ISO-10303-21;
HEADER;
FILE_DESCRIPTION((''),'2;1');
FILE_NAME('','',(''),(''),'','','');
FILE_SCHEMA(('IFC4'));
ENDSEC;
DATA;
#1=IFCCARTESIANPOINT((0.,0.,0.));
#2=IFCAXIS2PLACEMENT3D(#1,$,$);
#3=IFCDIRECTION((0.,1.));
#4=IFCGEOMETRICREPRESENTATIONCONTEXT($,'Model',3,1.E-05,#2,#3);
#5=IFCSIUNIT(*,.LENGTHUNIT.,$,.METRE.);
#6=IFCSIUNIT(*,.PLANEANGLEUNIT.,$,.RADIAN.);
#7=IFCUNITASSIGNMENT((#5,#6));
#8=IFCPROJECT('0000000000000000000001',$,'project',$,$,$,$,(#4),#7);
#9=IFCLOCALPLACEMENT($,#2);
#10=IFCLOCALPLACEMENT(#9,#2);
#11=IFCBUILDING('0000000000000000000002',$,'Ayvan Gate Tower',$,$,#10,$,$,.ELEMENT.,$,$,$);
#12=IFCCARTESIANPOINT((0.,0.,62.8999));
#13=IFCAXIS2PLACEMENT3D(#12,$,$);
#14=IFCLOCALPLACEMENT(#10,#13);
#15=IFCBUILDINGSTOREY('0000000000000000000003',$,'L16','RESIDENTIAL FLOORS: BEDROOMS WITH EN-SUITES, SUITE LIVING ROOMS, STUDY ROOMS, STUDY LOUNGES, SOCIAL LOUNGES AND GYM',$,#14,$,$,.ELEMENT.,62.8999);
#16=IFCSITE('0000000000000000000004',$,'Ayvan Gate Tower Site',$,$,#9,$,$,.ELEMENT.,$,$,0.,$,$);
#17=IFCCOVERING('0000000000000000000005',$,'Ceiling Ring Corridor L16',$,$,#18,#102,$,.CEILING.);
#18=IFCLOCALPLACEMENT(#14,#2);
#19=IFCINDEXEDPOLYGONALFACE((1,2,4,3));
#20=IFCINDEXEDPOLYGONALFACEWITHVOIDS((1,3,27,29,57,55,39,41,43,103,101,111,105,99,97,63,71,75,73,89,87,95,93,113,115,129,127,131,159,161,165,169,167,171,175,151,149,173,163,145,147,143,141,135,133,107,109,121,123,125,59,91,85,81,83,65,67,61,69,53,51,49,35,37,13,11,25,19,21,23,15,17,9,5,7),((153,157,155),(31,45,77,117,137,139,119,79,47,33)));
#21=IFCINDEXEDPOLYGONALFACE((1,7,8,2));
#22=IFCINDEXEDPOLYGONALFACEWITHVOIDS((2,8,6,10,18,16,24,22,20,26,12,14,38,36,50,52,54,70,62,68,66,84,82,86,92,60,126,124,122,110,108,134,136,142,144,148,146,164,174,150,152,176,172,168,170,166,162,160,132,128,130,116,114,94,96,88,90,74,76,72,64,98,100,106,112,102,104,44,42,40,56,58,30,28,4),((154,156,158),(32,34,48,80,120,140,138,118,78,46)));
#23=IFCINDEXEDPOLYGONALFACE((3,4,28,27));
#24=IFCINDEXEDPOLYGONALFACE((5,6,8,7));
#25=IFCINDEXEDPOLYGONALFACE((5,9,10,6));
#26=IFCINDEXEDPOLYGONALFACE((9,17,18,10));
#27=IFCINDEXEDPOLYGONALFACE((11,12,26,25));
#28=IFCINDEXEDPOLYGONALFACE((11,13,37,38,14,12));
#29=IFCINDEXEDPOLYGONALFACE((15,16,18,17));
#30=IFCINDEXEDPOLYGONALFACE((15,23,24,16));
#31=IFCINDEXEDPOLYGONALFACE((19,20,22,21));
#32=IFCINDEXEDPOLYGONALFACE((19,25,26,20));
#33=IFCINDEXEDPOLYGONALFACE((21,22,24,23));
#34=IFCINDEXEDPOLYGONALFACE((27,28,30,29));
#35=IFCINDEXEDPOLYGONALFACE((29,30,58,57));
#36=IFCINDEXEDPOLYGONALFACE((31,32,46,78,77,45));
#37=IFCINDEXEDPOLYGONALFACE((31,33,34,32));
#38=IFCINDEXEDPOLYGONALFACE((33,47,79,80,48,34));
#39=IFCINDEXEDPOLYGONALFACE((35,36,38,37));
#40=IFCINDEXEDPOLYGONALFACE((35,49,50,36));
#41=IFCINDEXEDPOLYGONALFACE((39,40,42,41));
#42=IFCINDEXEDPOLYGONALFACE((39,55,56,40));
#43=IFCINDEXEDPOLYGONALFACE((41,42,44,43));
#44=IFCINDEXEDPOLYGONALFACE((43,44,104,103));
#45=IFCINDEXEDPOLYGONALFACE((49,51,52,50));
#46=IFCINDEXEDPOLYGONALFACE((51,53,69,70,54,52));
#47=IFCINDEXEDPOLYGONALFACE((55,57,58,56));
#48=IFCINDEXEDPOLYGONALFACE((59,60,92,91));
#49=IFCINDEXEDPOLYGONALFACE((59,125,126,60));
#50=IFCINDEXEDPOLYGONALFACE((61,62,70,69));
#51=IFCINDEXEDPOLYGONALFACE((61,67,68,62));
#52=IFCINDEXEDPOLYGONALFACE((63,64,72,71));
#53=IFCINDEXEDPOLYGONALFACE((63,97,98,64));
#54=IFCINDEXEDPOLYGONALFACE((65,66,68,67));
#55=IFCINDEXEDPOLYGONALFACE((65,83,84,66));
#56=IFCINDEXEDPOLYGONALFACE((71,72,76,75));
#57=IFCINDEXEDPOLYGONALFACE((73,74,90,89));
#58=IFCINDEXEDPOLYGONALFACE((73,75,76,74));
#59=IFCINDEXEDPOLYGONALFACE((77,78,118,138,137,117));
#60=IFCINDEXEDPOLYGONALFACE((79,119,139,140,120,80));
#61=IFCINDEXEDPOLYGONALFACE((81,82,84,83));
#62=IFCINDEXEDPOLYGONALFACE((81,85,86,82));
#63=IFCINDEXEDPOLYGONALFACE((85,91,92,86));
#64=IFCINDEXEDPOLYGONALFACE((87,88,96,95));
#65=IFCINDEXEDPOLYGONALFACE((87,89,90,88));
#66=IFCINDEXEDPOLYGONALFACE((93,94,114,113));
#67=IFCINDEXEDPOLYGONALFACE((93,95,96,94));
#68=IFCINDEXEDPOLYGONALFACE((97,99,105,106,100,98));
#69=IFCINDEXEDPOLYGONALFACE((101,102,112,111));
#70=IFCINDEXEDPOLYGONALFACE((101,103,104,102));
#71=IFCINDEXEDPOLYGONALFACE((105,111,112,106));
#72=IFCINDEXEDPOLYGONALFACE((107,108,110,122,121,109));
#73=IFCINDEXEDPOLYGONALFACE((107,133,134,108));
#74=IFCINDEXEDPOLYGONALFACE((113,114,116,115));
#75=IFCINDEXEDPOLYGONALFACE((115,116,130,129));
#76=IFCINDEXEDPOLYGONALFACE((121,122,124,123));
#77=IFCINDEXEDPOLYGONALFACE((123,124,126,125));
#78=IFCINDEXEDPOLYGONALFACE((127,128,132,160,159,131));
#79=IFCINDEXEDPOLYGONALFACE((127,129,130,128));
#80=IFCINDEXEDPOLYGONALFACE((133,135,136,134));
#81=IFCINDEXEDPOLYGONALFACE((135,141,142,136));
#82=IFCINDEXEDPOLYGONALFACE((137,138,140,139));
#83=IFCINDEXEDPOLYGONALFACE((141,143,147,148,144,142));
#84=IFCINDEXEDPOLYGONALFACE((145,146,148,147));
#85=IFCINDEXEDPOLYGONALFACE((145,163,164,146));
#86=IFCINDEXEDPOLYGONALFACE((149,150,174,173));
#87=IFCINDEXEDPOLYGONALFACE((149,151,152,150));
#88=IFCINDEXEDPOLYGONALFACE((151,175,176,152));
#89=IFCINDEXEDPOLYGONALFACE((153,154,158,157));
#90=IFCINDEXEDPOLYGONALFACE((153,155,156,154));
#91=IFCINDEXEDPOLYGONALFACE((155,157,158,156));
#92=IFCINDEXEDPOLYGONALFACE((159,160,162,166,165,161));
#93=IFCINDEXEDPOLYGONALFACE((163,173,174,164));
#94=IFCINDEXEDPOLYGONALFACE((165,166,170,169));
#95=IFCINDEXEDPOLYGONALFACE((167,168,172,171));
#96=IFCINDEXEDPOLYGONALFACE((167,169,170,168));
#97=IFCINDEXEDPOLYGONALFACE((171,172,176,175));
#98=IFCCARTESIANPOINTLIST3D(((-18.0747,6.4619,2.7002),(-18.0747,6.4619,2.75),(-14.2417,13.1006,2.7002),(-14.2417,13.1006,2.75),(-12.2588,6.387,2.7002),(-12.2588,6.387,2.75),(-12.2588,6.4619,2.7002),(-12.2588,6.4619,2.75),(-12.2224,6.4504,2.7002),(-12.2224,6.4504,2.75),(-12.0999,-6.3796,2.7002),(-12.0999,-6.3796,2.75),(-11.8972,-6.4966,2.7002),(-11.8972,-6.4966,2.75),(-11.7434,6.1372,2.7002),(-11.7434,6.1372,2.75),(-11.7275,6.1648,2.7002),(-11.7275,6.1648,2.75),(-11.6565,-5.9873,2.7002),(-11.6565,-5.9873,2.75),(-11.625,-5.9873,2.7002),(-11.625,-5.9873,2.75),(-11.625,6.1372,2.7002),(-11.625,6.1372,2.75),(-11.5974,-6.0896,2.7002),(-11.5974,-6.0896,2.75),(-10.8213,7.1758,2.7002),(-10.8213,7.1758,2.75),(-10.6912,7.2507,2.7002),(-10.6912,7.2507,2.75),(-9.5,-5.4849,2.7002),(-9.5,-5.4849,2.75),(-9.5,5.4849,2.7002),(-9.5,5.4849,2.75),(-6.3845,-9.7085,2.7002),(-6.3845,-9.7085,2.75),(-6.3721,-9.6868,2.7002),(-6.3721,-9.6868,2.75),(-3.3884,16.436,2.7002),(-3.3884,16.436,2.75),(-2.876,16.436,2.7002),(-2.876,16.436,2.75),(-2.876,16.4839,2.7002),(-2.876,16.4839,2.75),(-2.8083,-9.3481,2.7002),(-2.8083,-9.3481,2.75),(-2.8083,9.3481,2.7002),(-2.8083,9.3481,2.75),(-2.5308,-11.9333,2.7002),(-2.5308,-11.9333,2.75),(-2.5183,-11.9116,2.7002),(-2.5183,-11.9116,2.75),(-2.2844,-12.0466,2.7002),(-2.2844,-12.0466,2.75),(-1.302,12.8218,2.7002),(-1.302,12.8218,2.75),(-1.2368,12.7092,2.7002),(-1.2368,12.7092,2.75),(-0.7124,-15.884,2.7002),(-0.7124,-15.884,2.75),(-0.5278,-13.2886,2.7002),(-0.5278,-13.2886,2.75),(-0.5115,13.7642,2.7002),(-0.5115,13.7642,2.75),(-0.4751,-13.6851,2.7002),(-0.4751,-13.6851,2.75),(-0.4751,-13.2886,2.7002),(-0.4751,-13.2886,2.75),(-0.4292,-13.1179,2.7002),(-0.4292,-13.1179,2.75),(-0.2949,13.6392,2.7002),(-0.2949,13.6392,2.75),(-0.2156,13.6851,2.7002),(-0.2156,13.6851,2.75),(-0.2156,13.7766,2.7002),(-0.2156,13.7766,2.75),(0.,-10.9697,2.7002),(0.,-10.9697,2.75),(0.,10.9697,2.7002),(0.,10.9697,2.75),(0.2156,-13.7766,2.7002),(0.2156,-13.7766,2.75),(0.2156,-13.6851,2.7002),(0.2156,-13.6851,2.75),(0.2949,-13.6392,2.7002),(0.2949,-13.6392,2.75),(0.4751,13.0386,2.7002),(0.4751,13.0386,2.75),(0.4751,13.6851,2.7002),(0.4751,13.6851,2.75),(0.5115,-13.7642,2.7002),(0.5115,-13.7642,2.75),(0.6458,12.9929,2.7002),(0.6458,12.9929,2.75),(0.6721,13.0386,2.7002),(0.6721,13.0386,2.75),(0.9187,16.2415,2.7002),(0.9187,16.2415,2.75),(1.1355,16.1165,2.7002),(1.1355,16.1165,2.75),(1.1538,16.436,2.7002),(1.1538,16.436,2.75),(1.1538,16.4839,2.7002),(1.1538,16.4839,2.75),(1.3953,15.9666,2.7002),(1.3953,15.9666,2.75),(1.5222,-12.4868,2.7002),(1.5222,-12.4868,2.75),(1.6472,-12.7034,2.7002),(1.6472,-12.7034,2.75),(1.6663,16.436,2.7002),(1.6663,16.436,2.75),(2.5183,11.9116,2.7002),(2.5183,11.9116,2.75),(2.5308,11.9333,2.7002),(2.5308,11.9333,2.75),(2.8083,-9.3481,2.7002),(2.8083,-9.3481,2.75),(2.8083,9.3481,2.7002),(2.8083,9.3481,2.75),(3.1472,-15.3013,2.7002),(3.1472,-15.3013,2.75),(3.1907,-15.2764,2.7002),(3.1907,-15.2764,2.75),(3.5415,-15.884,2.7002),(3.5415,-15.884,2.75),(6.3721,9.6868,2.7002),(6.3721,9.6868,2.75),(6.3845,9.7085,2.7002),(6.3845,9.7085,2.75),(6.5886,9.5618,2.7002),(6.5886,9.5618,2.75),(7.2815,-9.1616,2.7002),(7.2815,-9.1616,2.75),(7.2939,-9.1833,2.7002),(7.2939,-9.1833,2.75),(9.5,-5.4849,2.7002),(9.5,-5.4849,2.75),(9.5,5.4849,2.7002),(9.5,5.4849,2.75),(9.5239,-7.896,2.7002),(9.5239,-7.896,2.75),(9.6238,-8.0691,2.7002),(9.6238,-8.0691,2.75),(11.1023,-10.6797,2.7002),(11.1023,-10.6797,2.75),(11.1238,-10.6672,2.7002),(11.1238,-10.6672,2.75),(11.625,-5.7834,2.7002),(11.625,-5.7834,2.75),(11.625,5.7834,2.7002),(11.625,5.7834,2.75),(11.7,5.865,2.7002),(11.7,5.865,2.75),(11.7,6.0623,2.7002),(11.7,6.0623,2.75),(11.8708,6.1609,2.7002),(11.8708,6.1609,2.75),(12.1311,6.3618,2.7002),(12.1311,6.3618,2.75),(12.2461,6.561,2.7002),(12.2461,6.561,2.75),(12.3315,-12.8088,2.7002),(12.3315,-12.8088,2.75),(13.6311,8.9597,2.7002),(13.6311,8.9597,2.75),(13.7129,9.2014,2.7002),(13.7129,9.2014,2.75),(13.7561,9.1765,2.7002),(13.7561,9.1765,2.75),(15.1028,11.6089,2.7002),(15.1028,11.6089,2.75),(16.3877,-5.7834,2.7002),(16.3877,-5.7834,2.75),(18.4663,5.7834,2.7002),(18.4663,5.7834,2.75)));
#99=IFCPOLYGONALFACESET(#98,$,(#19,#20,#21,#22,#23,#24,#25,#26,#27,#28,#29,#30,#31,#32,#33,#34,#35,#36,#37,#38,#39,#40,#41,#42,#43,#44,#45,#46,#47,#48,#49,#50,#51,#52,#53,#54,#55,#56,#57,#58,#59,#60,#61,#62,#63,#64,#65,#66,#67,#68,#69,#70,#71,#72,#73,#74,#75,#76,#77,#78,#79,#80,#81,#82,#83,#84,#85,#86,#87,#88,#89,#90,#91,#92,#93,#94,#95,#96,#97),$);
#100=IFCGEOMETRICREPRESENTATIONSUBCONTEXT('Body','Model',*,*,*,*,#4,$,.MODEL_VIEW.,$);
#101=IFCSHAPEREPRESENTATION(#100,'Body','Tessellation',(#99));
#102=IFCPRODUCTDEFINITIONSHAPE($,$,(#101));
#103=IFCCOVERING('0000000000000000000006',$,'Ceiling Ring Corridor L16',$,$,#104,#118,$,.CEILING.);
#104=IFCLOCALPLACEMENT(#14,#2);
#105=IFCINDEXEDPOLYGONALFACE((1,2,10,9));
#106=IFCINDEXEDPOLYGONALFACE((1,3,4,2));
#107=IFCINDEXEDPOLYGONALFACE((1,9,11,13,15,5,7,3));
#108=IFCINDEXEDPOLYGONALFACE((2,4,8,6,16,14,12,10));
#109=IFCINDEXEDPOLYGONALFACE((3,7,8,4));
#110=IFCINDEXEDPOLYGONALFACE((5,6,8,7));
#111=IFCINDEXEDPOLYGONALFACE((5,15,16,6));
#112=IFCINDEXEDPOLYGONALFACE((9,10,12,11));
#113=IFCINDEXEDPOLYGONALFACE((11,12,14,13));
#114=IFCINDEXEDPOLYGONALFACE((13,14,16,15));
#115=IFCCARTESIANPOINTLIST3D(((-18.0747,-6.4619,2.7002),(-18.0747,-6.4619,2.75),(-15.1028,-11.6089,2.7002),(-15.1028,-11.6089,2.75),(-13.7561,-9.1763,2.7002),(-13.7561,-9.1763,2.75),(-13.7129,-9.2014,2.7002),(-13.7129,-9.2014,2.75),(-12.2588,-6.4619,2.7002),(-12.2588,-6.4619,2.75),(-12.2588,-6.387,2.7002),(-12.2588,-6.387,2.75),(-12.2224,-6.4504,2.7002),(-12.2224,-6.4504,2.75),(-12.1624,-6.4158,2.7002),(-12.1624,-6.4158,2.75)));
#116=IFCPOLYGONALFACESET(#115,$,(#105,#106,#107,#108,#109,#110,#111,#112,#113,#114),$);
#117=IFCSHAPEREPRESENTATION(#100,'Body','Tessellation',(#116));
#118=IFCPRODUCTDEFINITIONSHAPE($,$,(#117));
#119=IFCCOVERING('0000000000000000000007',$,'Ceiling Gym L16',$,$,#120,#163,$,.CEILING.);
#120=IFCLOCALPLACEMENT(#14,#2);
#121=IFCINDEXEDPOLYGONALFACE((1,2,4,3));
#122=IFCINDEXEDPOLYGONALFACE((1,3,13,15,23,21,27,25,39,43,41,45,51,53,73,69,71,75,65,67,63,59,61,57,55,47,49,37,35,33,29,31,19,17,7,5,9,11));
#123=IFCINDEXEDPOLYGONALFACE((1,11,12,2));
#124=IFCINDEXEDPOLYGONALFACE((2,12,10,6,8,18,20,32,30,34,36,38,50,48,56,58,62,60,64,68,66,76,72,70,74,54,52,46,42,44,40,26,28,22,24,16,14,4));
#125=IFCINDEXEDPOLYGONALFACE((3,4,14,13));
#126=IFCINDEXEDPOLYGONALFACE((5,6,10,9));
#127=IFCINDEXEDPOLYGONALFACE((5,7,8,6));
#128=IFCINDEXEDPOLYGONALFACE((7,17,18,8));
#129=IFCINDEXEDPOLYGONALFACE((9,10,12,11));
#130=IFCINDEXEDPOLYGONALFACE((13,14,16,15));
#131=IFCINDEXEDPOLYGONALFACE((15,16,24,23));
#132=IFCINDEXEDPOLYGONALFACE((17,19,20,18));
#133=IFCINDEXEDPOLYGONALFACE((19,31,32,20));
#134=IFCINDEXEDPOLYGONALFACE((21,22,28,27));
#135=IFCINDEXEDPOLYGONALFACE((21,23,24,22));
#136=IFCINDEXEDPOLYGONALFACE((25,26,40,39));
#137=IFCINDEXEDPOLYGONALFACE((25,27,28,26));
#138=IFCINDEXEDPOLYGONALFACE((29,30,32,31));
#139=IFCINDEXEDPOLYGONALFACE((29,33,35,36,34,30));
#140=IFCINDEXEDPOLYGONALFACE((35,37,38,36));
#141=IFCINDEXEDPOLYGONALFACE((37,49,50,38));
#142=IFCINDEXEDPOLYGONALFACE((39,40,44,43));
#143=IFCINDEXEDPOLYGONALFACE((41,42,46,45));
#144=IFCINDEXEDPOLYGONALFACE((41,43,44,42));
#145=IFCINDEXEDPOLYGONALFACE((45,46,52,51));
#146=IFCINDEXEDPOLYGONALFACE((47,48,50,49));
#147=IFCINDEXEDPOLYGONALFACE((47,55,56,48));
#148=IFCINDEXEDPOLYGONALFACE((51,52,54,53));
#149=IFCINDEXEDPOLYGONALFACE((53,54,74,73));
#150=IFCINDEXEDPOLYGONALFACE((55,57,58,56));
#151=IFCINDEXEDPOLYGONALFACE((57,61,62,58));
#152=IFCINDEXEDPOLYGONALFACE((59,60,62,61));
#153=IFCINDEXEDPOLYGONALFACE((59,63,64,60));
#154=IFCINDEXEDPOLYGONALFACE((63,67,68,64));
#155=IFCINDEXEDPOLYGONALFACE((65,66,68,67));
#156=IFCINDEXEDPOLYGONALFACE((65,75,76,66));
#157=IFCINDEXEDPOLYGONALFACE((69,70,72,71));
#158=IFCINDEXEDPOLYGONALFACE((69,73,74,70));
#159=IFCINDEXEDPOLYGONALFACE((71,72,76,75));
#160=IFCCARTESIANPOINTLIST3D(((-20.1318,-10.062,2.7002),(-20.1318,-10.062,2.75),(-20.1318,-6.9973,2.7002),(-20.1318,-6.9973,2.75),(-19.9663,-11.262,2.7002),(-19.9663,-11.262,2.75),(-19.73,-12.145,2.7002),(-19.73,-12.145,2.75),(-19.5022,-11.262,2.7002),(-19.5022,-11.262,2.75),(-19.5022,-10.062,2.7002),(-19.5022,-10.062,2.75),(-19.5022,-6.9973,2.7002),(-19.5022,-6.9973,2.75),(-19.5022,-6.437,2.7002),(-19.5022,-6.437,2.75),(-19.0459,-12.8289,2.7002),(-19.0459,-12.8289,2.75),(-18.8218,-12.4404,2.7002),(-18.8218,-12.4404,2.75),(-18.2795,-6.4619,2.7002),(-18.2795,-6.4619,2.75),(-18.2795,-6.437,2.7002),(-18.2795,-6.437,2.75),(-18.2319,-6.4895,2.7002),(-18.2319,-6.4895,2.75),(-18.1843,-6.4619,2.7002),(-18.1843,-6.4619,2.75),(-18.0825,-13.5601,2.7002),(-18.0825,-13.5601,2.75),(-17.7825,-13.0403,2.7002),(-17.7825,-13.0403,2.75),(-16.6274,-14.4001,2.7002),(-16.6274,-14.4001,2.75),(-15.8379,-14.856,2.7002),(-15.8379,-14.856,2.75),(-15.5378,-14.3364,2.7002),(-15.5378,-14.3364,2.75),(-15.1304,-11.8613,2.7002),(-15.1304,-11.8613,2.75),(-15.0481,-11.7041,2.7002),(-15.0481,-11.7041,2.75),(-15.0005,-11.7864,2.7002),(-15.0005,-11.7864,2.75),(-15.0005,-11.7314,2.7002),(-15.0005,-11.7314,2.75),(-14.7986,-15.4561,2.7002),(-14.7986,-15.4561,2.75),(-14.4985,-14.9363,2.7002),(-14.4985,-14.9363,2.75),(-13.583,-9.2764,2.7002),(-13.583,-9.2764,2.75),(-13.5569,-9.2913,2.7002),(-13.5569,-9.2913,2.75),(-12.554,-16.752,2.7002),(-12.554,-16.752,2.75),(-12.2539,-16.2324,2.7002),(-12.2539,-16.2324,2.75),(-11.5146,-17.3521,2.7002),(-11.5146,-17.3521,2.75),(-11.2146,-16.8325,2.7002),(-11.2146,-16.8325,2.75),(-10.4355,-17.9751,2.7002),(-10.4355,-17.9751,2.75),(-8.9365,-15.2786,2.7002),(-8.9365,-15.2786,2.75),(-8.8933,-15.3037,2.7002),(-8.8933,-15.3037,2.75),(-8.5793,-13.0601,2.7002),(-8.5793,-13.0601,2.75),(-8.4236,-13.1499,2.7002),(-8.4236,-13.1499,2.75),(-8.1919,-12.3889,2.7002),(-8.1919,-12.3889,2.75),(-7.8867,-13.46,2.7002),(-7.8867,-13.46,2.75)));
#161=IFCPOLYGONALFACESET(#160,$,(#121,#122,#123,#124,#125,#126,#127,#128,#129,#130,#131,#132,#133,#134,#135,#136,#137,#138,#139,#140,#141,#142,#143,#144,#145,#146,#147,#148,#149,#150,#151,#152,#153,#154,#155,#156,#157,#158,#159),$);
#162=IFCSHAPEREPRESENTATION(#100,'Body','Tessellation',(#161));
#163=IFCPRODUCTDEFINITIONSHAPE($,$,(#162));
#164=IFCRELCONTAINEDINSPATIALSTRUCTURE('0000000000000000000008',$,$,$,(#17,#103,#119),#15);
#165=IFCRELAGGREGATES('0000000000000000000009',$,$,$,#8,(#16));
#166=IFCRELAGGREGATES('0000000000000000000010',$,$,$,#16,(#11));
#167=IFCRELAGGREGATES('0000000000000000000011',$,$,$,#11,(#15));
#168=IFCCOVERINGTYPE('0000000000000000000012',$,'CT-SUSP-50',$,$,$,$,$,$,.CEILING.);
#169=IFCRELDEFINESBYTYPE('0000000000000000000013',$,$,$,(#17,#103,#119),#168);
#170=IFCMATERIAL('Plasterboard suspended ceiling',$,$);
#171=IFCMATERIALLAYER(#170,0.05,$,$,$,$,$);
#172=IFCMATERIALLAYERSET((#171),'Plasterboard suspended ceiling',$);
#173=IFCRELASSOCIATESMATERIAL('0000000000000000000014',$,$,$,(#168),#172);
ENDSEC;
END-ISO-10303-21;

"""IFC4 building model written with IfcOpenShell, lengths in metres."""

from ifc_helpers import new_model, si_unit, direction, frame, origin, place, context, subcontext, project, spatial, polyline, outline, extrude, material, layer, layer_set, type_object, element, save


model = new_model("IFC4")

# Units and contexts
model_context = context("Model", 3, precision=1e-05, world=origin(), true_north=direction((0.0, 1.0)))
body_context = subcontext(model_context, "Body", "Model", "MODEL_VIEW")
ifc_project = project(units=[si_unit("LENGTHUNIT", "METRE"), si_unit("PLANEANGLEUNIT", "RADIAN")], contexts=[model_context])

# Site, building, storey
site_placement = place(None, origin())
site = spatial("IfcSite", under=ifc_project, at=site_placement, Name="Ayvan Gate Tower Site", CompositionType="ELEMENT", RefElevation=0.0)
building_placement = place(site_placement, origin())
building = spatial("IfcBuilding", under=site, at=building_placement, Name="Ayvan Gate Tower", CompositionType="ELEMENT")
storey_placement = place(building_placement, frame((0.0, 0.0, 62.8999)))
storey = spatial("IfcBuildingStorey", under=building, at=storey_placement, Name="L16", Description="RESIDENTIAL FLOORS: BEDROOMS WITH EN-SUITES, SUITE LIVING ROOMS, STUDY ROOMS, STUDY LOUNGES, SOCIAL LOUNGES AND GYM", CompositionType="ELEMENT", Elevation=62.8999)

# Coverings
ifc_material_1 = material(Name="Plasterboard suspended ceiling")
ifc_layer_1 = layer(ifc_material_1, 0.05)
ifc_layer_set_1 = layer_set([ifc_layer_1], Name="Plasterboard suspended ceiling")
covering_type = type_object("IfcCoveringType", Name="CT-SUSP-50", PredefinedType="CEILING", material=ifc_layer_set_1)
covering_1_placement = place(storey_placement, frame((0.0, 0.0, 2.7002)))
element("IfcCovering", 1, at=covering_1_placement, inside=storey, type_object=covering_type, Name="Ceiling Ring Corridor L16", PredefinedType="CEILING", context=body_context, shape_type="SweptSolid", body=[
    extrude(outline(polyline([(-12.2588, 6.4619), (-18.0747, 6.4619), (-14.2417, 13.1006), (-10.8213, 7.1758), (-10.6912, 7.2507), (-1.2368, 12.7092), (-1.302, 12.8218), (-3.3884, 16.436), (-2.876, 16.436), (-2.876, 16.4839), (1.1538, 16.4839), (1.1538, 16.436), (1.6663, 16.436), (1.3953, 15.9666), (1.1355, 16.1165), (0.9187, 16.2415), (-0.5115, 13.7642), (-0.2949, 13.6392), (-0.2156, 13.7766), (-0.2156, 13.6851), (0.4751, 13.6851), (0.4751, 13.0386), (0.6721, 13.0386), (0.6458, 12.9929), (2.5183, 11.9116), (2.5308, 11.9333), (6.3845, 9.7085), (6.3721, 9.6868), (6.5886, 9.5618), (12.1311, 6.3618), (12.2461, 6.561), (13.6311, 8.9597), (13.7561, 9.1765), (13.7129, 9.2014), (15.1028, 11.6089), (18.4663, 5.7834), (11.625, 5.7834), (11.625, -5.7834), (16.3877, -5.7834), (12.3315, -12.8088), (11.1023, -10.6797), (11.1238, -10.6672), (9.6238, -8.0691), (9.5239, -7.896), (7.2939, -9.1833), (7.2815, -9.1616), (1.5222, -12.4868), (1.6472, -12.7034), (3.1472, -15.3013), (3.1907, -15.2764), (3.5415, -15.884), (-0.7124, -15.884), (0.5115, -13.7642), (0.2949, -13.6392), (0.2156, -13.7766), (0.2156, -13.6851), (-0.4751, -13.6851), (-0.4751, -13.2886), (-0.5278, -13.2886), (-0.4292, -13.1179), (-2.2844, -12.0466), (-2.5183, -11.9116), (-2.5308, -11.9333), (-6.3845, -9.7085), (-6.3721, -9.6868), (-11.8972, -6.4966), (-12.0999, -6.3796), (-11.5974, -6.0896), (-11.6565, -5.9873), (-11.625, -5.9873), (-11.625, 6.1372), (-11.7434, 6.1372), (-11.7275, 6.1648), (-12.2224, 6.4504), (-12.2588, 6.387), (-12.2588, 6.4619)]), holes=[polyline([(11.8708, 6.1609), (11.7, 6.0623), (11.7, 5.865), (11.8708, 6.1609)]), polyline([(-2.8083, -9.3481), (0.0, -10.9697), (2.8083, -9.3481), (9.5, -5.4849), (9.5, 5.4849), (2.8083, 9.3481), (0.0, 10.9697), (-2.8083, 9.3481), (-9.5, 5.4849), (-9.5, -5.4849), (-2.8083, -9.3481)])]), origin(), (0.0, 0.0, 1.0), 0.0498),
])
covering_2_placement = place(storey_placement, frame((0.0, 0.0, 2.7002)))
element("IfcCovering", 2, at=covering_2_placement, inside=storey, type_object=covering_type, Name="Ceiling Ring Corridor L16", PredefinedType="CEILING", context=body_context, shape_type="SweptSolid", body=[
    extrude(outline(polyline([(-15.1028, -11.6089), (-18.0747, -6.4619), (-12.2588, -6.4619), (-12.2588, -6.387), (-12.2224, -6.4504), (-12.1624, -6.4158), (-13.7561, -9.1763), (-13.7129, -9.2014), (-15.1028, -11.6089)])), origin(), (0.0, 0.0, 1.0), 0.0498),
])
covering_3_placement = place(storey_placement, frame((0.0, 0.0, 2.7002)))
element("IfcCovering", 3, at=covering_3_placement, inside=storey, type_object=covering_type, Name="Ceiling Gym L16", PredefinedType="CEILING", context=body_context, shape_type="SweptSolid", body=[
    extrude(outline(polyline([(-19.5022, -11.262), (-19.5022, -10.062), (-20.1318, -10.062), (-20.1318, -6.9973), (-19.5022, -6.9973), (-19.5022, -6.437), (-18.2795, -6.437), (-18.2795, -6.4619), (-18.1843, -6.4619), (-18.2319, -6.4895), (-15.1304, -11.8613), (-15.0005, -11.7864), (-15.0481, -11.7041), (-15.0005, -11.7314), (-13.583, -9.2764), (-13.5569, -9.2913), (-8.1919, -12.3889), (-8.5793, -13.0601), (-8.4236, -13.1499), (-7.8867, -13.46), (-8.9365, -15.2786), (-8.8933, -15.3037), (-10.4355, -17.9751), (-11.5146, -17.3521), (-11.2146, -16.8325), (-12.2539, -16.2324), (-12.554, -16.752), (-14.7986, -15.4561), (-14.4985, -14.9363), (-15.5378, -14.3364), (-15.8379, -14.856), (-16.6274, -14.4001), (-18.0825, -13.5601), (-17.7825, -13.0403), (-18.8218, -12.4404), (-19.0459, -12.8289), (-19.73, -12.145), (-19.9663, -11.262), (-19.5022, -11.262)])), origin(), (0.0, 0.0, 1.0), 0.0498),
])

save(model, "model.ifc")
